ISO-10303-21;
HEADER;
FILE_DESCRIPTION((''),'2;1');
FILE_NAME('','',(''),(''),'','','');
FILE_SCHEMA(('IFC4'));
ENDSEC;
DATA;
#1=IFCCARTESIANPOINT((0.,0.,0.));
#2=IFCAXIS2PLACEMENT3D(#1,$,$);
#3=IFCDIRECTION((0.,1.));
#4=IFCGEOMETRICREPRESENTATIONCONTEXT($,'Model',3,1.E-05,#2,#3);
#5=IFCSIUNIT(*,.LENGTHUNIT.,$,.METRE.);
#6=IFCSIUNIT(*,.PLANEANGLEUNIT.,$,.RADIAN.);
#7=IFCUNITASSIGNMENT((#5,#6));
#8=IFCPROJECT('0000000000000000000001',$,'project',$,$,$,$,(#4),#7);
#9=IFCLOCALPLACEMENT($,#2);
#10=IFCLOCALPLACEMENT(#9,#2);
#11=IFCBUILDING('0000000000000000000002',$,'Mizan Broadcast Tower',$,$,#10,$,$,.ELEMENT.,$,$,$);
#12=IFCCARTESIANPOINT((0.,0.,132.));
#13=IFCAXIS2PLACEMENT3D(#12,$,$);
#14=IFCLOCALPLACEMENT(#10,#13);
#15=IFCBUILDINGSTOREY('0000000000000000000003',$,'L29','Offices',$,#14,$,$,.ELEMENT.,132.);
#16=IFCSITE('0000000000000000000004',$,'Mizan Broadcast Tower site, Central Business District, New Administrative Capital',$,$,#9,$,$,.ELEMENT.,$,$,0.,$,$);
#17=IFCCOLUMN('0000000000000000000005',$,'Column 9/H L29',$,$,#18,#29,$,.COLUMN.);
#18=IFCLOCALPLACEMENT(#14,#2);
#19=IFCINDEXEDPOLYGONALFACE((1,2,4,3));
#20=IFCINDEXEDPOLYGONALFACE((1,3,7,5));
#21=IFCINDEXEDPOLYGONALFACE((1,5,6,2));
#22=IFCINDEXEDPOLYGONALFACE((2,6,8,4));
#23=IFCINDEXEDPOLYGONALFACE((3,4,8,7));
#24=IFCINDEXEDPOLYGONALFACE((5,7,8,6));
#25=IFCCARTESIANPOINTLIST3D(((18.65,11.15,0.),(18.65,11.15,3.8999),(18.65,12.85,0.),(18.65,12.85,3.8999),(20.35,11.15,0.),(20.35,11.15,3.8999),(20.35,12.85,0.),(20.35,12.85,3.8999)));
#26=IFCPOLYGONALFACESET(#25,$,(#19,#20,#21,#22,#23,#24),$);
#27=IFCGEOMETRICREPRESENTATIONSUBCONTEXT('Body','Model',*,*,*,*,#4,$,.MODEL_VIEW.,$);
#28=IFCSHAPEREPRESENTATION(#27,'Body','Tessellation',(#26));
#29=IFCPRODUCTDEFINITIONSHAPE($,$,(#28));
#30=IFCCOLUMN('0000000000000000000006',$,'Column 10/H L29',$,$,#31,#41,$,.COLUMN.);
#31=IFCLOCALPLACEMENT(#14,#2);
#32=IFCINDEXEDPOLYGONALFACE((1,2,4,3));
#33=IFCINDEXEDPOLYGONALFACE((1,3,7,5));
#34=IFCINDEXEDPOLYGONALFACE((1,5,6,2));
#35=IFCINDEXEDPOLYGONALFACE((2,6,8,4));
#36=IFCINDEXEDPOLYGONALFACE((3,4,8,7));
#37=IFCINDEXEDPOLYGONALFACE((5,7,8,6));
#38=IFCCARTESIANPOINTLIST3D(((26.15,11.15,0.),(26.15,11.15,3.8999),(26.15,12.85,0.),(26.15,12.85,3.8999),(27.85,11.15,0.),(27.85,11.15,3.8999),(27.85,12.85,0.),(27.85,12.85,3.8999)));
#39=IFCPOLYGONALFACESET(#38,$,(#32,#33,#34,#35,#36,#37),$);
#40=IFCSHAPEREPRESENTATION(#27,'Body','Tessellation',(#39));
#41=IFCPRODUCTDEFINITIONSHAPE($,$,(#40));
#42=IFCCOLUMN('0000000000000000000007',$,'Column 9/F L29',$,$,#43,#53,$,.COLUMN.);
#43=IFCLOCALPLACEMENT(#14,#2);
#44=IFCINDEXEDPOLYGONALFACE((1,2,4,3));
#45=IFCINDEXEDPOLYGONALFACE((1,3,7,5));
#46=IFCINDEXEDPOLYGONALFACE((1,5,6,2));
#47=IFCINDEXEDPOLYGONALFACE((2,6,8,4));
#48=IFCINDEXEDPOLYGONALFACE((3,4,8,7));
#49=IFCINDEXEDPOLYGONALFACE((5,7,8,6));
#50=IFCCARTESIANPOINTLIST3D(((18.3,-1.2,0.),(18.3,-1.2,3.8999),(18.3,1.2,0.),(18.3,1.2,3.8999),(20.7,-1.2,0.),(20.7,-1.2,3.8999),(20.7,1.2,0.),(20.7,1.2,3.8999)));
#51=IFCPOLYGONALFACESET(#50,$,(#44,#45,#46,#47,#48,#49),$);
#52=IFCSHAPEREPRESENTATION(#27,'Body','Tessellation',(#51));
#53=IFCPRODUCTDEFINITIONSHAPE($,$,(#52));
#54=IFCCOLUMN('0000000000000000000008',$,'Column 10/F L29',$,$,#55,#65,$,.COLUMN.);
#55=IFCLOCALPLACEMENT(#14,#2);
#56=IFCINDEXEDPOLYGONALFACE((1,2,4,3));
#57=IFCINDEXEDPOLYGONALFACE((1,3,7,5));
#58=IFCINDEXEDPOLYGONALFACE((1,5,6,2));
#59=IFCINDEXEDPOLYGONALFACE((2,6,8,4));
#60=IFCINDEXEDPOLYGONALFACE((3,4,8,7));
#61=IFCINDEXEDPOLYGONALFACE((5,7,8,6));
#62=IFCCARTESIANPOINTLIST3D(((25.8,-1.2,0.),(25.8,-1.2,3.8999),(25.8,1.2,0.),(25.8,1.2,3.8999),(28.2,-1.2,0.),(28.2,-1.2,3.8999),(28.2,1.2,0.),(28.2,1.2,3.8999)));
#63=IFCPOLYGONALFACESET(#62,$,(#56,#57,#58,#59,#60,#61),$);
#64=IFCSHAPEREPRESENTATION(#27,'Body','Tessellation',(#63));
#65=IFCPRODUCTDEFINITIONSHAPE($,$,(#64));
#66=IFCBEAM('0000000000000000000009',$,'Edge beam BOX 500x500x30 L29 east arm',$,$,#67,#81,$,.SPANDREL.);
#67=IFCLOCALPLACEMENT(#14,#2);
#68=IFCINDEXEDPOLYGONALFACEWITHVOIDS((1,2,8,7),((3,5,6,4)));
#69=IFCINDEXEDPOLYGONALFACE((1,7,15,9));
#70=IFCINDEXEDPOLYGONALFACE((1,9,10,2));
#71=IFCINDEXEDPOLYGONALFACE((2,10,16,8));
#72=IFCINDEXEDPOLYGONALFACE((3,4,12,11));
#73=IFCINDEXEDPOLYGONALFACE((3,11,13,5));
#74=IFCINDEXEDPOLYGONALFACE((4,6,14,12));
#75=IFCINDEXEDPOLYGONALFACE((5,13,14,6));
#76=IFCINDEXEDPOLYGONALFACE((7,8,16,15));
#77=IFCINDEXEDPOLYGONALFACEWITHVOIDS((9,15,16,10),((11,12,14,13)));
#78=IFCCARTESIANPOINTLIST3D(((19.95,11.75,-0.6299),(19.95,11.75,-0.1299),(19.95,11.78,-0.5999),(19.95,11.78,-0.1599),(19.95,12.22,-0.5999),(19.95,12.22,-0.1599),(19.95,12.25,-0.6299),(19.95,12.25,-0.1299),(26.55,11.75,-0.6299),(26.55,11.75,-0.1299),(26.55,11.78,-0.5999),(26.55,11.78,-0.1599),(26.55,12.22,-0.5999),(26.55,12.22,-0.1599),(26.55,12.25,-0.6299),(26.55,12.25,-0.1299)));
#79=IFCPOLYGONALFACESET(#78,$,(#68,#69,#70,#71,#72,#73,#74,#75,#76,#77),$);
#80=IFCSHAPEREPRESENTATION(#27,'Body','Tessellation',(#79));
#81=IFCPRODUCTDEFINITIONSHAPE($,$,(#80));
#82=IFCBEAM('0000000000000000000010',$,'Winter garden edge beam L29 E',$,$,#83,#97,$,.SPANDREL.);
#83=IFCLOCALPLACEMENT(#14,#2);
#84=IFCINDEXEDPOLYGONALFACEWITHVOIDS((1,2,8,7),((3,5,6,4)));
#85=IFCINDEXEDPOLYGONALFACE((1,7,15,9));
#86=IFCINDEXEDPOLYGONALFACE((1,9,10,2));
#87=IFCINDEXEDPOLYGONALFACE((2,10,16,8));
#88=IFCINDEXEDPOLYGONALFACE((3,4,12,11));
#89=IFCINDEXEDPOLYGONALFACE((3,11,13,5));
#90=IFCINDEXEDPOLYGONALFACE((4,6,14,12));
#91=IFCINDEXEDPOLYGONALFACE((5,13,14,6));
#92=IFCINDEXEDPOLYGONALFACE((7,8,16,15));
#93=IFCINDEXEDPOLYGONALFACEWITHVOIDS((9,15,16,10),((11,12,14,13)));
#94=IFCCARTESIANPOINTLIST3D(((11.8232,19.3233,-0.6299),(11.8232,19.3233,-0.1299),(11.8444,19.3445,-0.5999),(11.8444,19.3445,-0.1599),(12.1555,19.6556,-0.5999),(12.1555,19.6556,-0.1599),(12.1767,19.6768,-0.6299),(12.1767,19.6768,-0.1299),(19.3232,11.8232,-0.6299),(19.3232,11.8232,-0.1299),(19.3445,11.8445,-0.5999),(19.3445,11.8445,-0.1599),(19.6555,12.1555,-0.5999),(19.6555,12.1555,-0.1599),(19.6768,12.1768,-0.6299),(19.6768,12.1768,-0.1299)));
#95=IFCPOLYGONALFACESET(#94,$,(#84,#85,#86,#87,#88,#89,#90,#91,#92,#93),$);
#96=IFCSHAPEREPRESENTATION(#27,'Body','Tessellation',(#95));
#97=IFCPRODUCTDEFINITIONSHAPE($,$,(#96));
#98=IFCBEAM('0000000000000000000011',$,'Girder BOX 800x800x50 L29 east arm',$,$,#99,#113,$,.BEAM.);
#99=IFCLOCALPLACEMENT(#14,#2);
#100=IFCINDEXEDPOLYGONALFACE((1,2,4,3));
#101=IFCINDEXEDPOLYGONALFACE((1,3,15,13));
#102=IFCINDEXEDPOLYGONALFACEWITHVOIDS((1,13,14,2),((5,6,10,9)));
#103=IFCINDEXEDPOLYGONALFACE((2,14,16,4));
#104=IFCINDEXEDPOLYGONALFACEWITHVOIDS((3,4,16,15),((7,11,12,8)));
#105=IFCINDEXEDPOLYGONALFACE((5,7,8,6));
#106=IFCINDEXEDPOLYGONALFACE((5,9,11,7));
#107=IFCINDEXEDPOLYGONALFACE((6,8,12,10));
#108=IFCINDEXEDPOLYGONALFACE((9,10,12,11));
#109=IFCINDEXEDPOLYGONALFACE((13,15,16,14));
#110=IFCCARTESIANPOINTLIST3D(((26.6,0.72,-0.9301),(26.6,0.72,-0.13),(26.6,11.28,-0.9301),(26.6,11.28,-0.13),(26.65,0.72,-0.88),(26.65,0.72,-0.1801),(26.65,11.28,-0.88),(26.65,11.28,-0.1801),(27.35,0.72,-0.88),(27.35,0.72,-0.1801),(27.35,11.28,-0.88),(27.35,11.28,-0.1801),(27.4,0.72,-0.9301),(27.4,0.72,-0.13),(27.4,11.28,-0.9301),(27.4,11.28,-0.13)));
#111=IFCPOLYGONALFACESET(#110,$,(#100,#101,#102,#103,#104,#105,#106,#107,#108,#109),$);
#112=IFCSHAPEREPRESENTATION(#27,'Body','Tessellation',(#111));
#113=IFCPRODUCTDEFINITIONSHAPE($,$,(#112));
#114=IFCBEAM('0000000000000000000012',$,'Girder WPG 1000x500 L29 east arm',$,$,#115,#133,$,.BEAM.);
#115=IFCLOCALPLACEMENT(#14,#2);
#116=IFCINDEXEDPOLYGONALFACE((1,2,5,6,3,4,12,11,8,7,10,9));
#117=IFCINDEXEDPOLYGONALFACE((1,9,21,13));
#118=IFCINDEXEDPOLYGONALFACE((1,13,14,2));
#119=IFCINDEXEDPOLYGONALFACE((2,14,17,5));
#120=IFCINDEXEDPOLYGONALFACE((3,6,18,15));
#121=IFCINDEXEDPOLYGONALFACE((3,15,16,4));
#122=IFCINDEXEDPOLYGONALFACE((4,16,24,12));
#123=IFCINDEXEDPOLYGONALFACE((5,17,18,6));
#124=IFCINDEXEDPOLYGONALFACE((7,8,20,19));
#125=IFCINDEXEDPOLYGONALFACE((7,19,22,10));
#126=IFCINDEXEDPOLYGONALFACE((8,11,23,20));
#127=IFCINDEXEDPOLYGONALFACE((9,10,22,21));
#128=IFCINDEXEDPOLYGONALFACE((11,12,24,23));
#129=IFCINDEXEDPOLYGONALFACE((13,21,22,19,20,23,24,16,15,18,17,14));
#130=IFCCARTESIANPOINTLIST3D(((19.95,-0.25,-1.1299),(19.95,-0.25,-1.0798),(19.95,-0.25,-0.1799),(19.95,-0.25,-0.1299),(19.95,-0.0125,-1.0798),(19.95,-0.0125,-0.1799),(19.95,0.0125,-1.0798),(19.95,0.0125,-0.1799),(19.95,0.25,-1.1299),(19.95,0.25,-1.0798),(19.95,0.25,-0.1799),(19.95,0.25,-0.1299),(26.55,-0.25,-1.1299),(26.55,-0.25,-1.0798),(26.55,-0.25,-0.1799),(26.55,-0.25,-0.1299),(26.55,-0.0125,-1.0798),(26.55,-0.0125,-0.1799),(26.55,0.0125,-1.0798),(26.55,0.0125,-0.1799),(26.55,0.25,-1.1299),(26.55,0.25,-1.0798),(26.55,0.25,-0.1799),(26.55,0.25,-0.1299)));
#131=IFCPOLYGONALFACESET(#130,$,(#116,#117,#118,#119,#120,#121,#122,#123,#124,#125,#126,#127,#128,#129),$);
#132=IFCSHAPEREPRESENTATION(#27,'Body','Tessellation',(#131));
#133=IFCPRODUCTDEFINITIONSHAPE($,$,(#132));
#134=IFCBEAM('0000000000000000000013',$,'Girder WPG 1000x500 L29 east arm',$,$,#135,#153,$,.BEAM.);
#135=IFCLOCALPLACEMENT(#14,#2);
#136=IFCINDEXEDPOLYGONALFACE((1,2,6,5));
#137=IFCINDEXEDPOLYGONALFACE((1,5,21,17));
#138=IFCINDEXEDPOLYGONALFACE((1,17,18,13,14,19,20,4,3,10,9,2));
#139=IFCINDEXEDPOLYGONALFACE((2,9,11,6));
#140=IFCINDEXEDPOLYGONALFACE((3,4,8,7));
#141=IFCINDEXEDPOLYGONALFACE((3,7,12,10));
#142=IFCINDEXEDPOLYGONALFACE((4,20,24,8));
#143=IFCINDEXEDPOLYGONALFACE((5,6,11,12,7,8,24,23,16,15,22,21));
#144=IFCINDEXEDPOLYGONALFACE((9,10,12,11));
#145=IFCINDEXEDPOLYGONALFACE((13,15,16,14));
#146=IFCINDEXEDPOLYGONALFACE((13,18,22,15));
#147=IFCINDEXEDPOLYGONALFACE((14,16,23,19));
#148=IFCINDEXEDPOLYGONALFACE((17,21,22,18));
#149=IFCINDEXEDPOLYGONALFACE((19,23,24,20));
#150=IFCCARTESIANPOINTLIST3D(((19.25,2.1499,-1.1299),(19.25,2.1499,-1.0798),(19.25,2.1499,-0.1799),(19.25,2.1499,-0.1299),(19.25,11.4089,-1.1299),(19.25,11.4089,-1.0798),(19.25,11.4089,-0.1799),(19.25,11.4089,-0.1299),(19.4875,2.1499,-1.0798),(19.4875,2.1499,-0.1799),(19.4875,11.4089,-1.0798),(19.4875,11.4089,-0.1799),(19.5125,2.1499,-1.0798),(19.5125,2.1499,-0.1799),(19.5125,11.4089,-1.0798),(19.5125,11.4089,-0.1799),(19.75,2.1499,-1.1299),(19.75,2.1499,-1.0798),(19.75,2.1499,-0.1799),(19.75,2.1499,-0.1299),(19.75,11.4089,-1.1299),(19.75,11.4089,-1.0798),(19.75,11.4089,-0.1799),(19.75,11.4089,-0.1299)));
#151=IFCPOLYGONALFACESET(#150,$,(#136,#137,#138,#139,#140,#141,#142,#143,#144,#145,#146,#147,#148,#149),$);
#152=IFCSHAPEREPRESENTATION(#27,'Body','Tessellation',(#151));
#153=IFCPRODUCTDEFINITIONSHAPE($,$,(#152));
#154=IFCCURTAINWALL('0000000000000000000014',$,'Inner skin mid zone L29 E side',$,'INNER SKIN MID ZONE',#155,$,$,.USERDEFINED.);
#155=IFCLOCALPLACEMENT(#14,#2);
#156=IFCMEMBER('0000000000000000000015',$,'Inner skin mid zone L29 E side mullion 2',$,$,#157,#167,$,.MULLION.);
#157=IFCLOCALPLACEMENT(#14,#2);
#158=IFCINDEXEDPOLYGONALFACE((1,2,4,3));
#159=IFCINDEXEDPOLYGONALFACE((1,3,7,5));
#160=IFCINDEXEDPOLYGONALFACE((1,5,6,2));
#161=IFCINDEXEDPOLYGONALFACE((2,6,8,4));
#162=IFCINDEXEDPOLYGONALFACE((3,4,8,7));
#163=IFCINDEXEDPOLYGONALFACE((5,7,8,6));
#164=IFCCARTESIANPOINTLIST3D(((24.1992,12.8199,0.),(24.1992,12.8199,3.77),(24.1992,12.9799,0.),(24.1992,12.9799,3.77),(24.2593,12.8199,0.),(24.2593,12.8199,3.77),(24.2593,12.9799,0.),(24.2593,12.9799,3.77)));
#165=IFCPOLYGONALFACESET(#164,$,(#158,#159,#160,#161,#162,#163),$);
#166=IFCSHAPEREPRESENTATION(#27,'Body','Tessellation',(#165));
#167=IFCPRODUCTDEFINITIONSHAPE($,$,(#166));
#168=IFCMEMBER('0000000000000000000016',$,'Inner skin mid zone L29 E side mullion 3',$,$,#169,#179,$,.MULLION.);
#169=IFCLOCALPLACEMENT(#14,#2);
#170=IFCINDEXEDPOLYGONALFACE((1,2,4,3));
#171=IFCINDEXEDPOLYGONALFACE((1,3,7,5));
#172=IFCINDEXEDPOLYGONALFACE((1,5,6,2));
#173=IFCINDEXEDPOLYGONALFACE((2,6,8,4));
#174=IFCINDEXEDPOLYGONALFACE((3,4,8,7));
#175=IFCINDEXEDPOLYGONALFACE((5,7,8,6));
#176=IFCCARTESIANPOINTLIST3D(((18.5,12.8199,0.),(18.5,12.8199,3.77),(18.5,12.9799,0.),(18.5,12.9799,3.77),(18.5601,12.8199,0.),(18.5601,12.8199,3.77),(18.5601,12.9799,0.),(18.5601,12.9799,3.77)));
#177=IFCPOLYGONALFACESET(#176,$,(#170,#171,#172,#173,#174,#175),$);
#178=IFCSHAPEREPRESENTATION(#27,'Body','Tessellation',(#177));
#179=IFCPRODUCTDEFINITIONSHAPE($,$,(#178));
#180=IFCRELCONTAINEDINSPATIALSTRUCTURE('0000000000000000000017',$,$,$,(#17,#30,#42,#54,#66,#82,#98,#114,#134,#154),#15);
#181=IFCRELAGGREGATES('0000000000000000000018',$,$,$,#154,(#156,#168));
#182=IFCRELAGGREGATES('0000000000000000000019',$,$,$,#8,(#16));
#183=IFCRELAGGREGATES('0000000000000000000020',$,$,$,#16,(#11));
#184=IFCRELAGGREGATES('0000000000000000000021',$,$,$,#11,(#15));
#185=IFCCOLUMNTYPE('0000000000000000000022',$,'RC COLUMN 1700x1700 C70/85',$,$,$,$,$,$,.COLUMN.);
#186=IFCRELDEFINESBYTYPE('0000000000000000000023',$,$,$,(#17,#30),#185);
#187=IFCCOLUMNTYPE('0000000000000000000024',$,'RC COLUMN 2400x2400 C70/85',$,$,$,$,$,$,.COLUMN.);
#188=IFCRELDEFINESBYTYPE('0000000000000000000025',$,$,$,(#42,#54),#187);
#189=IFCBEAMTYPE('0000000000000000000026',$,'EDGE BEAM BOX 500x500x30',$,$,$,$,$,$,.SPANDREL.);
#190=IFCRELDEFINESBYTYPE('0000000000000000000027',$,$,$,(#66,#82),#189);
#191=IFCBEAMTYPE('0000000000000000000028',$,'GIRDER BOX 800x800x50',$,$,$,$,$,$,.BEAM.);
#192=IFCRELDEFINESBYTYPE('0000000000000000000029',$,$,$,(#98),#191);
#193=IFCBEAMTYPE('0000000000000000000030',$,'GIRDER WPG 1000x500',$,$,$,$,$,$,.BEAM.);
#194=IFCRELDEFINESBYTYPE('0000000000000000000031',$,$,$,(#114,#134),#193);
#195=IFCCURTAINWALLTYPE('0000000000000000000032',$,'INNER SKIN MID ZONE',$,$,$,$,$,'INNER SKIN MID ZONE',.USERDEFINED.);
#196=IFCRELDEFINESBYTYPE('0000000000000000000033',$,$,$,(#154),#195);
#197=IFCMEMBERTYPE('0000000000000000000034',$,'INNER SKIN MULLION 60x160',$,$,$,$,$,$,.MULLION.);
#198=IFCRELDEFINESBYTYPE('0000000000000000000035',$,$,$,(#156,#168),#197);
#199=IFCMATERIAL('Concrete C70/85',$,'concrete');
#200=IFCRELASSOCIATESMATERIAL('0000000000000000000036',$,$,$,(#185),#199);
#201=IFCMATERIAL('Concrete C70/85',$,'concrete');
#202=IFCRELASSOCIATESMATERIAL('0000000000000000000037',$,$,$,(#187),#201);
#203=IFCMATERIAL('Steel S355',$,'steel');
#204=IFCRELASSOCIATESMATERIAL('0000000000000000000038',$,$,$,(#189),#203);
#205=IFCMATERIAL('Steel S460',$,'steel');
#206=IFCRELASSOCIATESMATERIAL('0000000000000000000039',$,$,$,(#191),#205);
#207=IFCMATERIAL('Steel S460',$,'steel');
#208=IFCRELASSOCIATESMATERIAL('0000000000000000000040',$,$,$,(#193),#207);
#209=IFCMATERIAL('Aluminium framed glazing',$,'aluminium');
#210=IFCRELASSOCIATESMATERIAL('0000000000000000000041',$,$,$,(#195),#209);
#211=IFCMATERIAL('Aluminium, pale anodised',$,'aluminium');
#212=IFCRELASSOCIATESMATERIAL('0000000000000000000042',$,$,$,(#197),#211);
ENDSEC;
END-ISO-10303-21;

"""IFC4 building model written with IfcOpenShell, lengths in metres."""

from ifc_helpers import new_model, si_unit, direction, frame, origin, origin_2d, place, context, subcontext, project, spatial, rectangle, hollow_rectangle, i_section, extrude, material, material_profile, profile_set, type_object, element, aggregate, save


model = new_model("IFC4")

# Units and contexts
model_context = context("Model", 3, precision=1e-05, world=origin(), true_north=direction((0.0, 1.0)))
body_context = subcontext(model_context, "Body", "Model", "MODEL_VIEW")
ifc_project = project(units=[si_unit("LENGTHUNIT", "METRE"), si_unit("PLANEANGLEUNIT", "RADIAN")], contexts=[model_context])

# Site, building, storey
site_placement = place(None, origin())
site = spatial("IfcSite", under=ifc_project, at=site_placement, Name="Mizan Broadcast Tower site, Central Business District, New Administrative Capital", CompositionType="ELEMENT", RefElevation=0.0)
building_placement = place(site_placement, origin())
building = spatial("IfcBuilding", under=site, at=building_placement, Name="Mizan Broadcast Tower", CompositionType="ELEMENT")
storey_placement = place(building_placement, frame((0.0, 0.0, 132.0)))
storey = spatial("IfcBuildingStorey", under=building, at=storey_placement, Name="L29", Description="Offices", CompositionType="ELEMENT", Elevation=132.0)

# Columns
ifc_material_1 = material(Name="Concrete C70/85", Category="concrete")
ifc_material_profile_1 = material_profile(ifc_material_1, rectangle(XDim=1.7, YDim=1.7, at=origin_2d()), Name="RC 1700x1700")
ifc_profile_set_1 = profile_set([ifc_material_profile_1], Name="Concrete C70/85")
column_type_1 = type_object("IfcColumnType", Name="RC COLUMN 1700x1700 C70/85", PredefinedType="COLUMN", material=ifc_profile_set_1)
for number, where, z_axis, x_axis, name in (
    (1, (19.5, 12.0, 0.0), (0.0, 0.0, 1.0), (1.0, 0.0, 0.0), "Column 9/H L29"),
    (2, (27.0, 12.0, 0.0), (0.0, 0.0, 1.0), (1.0, 0.0, 0.0), "Column 10/H L29"),
):
    element("IfcColumn", number, at=place(storey_placement, frame(where, z_axis=z_axis, x_axis=x_axis)), inside=storey, type_object=column_type_1, Name=name, PredefinedType="COLUMN", context=body_context, shape_type="SweptSolid", body=[
        extrude(rectangle(XDim=1.7, YDim=1.7, at=origin_2d()), origin(), (0.0, 0.0, 1.0), 3.8999),
    ])
ifc_material_2 = material(Name="Concrete C70/85", Category="concrete")
ifc_material_profile_2 = material_profile(ifc_material_2, rectangle(XDim=2.3999, YDim=2.3999, at=origin_2d()), Name="RC 2400x2400")
ifc_profile_set_2 = profile_set([ifc_material_profile_2], Name="Concrete C70/85")
column_type_2 = type_object("IfcColumnType", Name="RC COLUMN 2400x2400 C70/85", PredefinedType="COLUMN", material=ifc_profile_set_2)
for number, where, z_axis, x_axis, name in (
    (3, (19.5, 0.0, 0.0), (0.0, 0.0, 1.0), (1.0, 0.0, 0.0), "Column 9/F L29"),
    (4, (27.0, 0.0, 0.0), (0.0, 0.0, 1.0), (1.0, 0.0, 0.0), "Column 10/F L29"),
):
    element("IfcColumn", number, at=place(storey_placement, frame(where, z_axis=z_axis, x_axis=x_axis)), inside=storey, type_object=column_type_2, Name=name, PredefinedType="COLUMN", context=body_context, shape_type="SweptSolid", body=[
        extrude(rectangle(XDim=2.3999, YDim=2.3999, at=origin_2d()), origin(), (0.0, 0.0, 1.0), 3.8999),
    ])

# Beams
ifc_material_3 = material(Name="Steel S355", Category="steel")
ifc_material_profile_3 = material_profile(ifc_material_3, hollow_rectangle(XDim=0.5, YDim=0.5, WallThickness=0.03, at=origin_2d()), Name="BOX 500x500x30")
ifc_profile_set_3 = profile_set([ifc_material_profile_3], Name="Steel S355")
beam_type_1 = type_object("IfcBeamType", Name="EDGE BEAM BOX 500x500x30", PredefinedType="SPANDREL", material=ifc_profile_set_3)
beam_1_placement = place(storey_placement, frame((19.95, 12.0, -0.3799), z_axis=(1.0, 0.0, 0.0), x_axis=(0.0, 1.0, 0.0)))
element("IfcBeam", 5, at=beam_1_placement, inside=storey, type_object=beam_type_1, Name="Edge beam BOX 500x500x30 L29 east arm", PredefinedType="SPANDREL", context=body_context, shape_type="SweptSolid", body=[
    extrude(hollow_rectangle(XDim=0.5, YDim=0.5, WallThickness=0.03, at=origin_2d()), origin(), (0.0, 0.0, 1.0), 6.6001),
])
beam_2_placement = place(storey_placement, frame((19.5, 12.0, -0.3799), z_axis=(-0.707107, 0.707107, 0.0), x_axis=(-0.707107, -0.707107, 0.0)))
element("IfcBeam", 6, at=beam_2_placement, inside=storey, type_object=beam_type_1, Name="Winter garden edge beam L29 E", PredefinedType="SPANDREL", context=body_context, shape_type="SweptSolid", body=[
    extrude(hollow_rectangle(XDim=0.5, YDim=0.5, WallThickness=0.03, at=origin_2d()), origin(), (0.0, 0.0, 1.0), 10.6067),
])
ifc_material_4 = material(Name="Steel S460", Category="steel")
ifc_material_profile_4 = material_profile(ifc_material_4, hollow_rectangle(XDim=0.8, YDim=0.8, WallThickness=0.05, at=origin_2d()), Name="BOX 800x800x50")
ifc_profile_set_4 = profile_set([ifc_material_profile_4], Name="Steel S460")
beam_type_2 = type_object("IfcBeamType", Name="GIRDER BOX 800x800x50", PredefinedType="BEAM", material=ifc_profile_set_4)
beam_3_placement = place(storey_placement, frame((27.0, 11.28, -0.53), z_axis=(0.0, -1.0, 0.0), x_axis=(1.0, 0.0, 0.0)))
element("IfcBeam", 7, at=beam_3_placement, inside=storey, type_object=beam_type_2, Name="Girder BOX 800x800x50 L29 east arm", PredefinedType="BEAM", context=body_context, shape_type="SweptSolid", body=[
    extrude(hollow_rectangle(XDim=0.8, YDim=0.8, WallThickness=0.05, at=origin_2d()), origin(), (0.0, 0.0, 1.0), 10.5601),
])
ifc_material_5 = material(Name="Steel S460", Category="steel")
ifc_material_profile_5 = material_profile(ifc_material_5, i_section(OverallWidth=0.5, OverallDepth=1.0, WebThickness=0.0249, FlangeThickness=0.05, at=origin_2d()), Name="WPG 1000x500")
ifc_profile_set_5 = profile_set([ifc_material_profile_5], Name="Steel S460")
beam_type_3 = type_object("IfcBeamType", Name="GIRDER WPG 1000x500", PredefinedType="BEAM", material=ifc_profile_set_5)
beam_4_placement = place(storey_placement, frame((19.95, 0.0, -0.6299), z_axis=(1.0, 0.0, 0.0), x_axis=(0.0, 1.0, 0.0)))
element("IfcBeam", 8, at=beam_4_placement, inside=storey, type_object=beam_type_3, Name="Girder WPG 1000x500 L29 east arm", PredefinedType="BEAM", context=body_context, shape_type="SweptSolid", body=[
    extrude(i_section(OverallWidth=0.5, OverallDepth=1.0, WebThickness=0.0249, FlangeThickness=0.05, at=origin_2d()), origin(), (0.0, 0.0, 1.0), 6.6001),
])
beam_5_placement = place(storey_placement, frame((19.5, 11.4089, -0.6299), z_axis=(0.0, -1.0, 0.0), x_axis=(1.0, 0.0, 0.0)))
element("IfcBeam", 9, at=beam_5_placement, inside=storey, type_object=beam_type_3, Name="Girder WPG 1000x500 L29 east arm", PredefinedType="BEAM", context=body_context, shape_type="SweptSolid", body=[
    extrude(i_section(OverallWidth=0.5, OverallDepth=1.0, WebThickness=0.0249, FlangeThickness=0.05, at=origin_2d()), origin(), (0.0, 0.0, 1.0), 9.259),
])

# Curtain wall, members
ifc_material_6 = material(Name="Aluminium framed glazing", Category="aluminium")
curtain_wall_type_1 = type_object("IfcCurtainWallType", Name="INNER SKIN MID ZONE", ElementType="INNER SKIN MID ZONE", PredefinedType="USERDEFINED", material=ifc_material_6)
curtain_wall_1_placement = place(storey_placement, origin())
curtain_wall_1 = element("IfcCurtainWall", 10, at=curtain_wall_1_placement, inside=storey, type_object=curtain_wall_type_1, Name="Inner skin mid zone L29 E side", ObjectType="INNER SKIN MID ZONE", PredefinedType="USERDEFINED")
ifc_material_7 = material(Name="Aluminium, pale anodised", Category="aluminium")
ifc_material_profile_6 = material_profile(ifc_material_7, rectangle(XDim=0.1599, YDim=0.0601, at=origin_2d()), Name="MULLION 160x60")
ifc_profile_set_6 = profile_set([ifc_material_profile_6], Name="Aluminium, pale anodised")
member_type_1 = type_object("IfcMemberType", Name="INNER SKIN MULLION 60x160", PredefinedType="MULLION", material=ifc_profile_set_6)
member_1_placement = place(storey_placement, frame((24.2292, 12.8999, 0.0), z_axis=(0.0, 0.0, 1.0), x_axis=(0.0, -1.0, 0.0)))
member_1 = element("IfcMember", 11, at=member_1_placement, type_object=member_type_1, Name="Inner skin mid zone L29 E side mullion 2", PredefinedType="MULLION", context=body_context, shape_type="SweptSolid", body=[
    extrude(rectangle(XDim=0.1599, YDim=0.0601, at=origin_2d()), origin(), (0.0, 0.0, 1.0), 3.77),
])
member_2_placement = place(storey_placement, frame((18.53, 12.8999, 0.0), z_axis=(0.0, 0.0, 1.0), x_axis=(0.0, -1.0, 0.0)))
member_2 = element("IfcMember", 12, at=member_2_placement, type_object=member_type_1, Name="Inner skin mid zone L29 E side mullion 3", PredefinedType="MULLION", context=body_context, shape_type="SweptSolid", body=[
    extrude(rectangle(XDim=0.1599, YDim=0.0601, at=origin_2d()), origin(), (0.0, 0.0, 1.0), 3.77),
])

aggregate(curtain_wall_1, [member_1, member_2])

save(model, "model.ifc")
